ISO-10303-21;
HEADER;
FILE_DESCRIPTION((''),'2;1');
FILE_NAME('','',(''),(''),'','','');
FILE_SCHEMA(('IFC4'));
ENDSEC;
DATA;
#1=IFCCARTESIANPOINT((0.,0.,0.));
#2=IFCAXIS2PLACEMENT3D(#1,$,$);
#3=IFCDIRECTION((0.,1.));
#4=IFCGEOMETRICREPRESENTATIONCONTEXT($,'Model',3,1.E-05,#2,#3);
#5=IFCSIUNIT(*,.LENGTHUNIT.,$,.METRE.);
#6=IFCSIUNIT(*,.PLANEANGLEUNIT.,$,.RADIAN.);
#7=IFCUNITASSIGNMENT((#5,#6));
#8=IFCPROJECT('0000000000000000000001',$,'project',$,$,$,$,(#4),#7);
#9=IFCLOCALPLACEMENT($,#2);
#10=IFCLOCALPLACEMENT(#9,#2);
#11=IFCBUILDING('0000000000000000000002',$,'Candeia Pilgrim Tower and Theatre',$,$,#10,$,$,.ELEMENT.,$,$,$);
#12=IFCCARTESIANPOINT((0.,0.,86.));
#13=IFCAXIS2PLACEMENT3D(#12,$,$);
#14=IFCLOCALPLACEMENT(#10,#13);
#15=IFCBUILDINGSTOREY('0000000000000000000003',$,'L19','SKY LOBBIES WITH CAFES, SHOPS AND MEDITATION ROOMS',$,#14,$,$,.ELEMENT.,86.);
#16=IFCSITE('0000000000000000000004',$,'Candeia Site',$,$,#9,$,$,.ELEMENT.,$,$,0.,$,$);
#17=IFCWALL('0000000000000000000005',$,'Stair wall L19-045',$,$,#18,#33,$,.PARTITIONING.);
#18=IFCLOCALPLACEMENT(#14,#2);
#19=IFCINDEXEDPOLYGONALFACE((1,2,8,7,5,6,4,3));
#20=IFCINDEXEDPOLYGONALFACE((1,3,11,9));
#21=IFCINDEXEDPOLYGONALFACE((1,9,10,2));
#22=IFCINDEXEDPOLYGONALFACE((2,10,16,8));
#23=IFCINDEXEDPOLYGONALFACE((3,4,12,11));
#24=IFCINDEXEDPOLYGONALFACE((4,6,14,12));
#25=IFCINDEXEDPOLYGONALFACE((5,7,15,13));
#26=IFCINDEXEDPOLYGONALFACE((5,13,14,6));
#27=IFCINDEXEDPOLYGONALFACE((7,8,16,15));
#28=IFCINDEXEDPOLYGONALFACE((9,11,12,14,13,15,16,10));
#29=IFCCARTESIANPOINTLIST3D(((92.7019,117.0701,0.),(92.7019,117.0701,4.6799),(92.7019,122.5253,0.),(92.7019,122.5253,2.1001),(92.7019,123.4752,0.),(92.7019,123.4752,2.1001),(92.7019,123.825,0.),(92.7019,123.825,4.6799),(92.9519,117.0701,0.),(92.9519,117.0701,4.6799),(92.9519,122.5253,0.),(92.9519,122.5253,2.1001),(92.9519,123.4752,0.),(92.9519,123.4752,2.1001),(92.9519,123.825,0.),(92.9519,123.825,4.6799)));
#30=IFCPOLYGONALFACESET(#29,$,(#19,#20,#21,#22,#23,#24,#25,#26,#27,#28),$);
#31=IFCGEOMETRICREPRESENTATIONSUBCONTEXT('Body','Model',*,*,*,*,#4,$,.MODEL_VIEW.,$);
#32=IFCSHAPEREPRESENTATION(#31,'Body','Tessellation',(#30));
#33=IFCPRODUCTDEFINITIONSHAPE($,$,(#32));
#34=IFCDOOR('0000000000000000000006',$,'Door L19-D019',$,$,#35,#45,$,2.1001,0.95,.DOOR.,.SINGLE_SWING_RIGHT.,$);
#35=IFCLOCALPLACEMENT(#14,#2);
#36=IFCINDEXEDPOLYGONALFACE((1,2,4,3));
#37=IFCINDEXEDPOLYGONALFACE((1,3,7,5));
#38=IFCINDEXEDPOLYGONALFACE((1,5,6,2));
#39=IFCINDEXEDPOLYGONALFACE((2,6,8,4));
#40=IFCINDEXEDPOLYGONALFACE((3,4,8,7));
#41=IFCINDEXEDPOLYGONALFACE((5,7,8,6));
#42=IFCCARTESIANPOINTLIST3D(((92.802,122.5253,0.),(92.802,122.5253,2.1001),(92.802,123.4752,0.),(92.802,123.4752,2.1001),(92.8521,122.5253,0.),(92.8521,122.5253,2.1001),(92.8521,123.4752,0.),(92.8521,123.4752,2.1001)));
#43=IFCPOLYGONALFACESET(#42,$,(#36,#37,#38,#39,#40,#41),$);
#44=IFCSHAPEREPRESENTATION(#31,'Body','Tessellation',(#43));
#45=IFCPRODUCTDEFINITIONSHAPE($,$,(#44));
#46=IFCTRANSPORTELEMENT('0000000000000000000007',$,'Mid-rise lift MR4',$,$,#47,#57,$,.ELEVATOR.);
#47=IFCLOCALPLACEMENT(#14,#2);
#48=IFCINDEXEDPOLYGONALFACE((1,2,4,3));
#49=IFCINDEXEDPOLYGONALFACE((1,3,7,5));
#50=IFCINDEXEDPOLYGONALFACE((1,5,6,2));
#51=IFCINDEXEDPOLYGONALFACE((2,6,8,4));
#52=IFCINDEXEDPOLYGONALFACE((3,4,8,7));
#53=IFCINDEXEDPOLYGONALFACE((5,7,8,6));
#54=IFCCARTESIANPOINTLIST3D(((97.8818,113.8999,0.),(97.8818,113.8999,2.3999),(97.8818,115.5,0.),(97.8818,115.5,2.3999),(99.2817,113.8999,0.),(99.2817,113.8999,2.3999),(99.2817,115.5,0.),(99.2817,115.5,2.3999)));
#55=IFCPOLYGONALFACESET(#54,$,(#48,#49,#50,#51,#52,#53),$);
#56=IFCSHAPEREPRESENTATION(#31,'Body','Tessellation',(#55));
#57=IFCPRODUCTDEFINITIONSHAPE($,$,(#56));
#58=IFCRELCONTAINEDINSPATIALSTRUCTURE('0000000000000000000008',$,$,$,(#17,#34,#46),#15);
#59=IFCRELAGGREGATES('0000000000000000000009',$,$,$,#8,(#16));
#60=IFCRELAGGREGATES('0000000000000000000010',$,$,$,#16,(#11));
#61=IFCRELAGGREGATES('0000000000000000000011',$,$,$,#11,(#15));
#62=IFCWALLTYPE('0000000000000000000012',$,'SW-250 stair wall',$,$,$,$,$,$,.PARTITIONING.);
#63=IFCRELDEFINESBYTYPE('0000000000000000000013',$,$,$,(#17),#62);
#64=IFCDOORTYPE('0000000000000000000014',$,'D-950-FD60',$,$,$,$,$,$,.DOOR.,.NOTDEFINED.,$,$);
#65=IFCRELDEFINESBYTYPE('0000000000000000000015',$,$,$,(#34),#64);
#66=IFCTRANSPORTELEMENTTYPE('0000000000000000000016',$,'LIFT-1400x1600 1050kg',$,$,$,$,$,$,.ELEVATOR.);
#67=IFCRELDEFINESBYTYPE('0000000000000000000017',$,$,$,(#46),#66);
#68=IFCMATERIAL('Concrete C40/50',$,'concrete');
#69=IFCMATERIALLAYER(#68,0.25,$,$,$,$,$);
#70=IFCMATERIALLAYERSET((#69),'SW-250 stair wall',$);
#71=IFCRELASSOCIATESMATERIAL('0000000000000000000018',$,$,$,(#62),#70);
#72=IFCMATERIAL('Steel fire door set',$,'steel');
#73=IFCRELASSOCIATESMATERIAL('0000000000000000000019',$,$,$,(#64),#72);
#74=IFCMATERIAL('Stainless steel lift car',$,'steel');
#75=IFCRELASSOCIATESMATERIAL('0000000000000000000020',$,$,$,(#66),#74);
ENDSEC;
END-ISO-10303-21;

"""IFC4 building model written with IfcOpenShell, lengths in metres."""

from ifc_helpers import new_model, si_unit, direction, frame, frame_2d, origin, origin_2d, place, context, subcontext, project, spatial, rectangle, extrude, material, layer, layer_set, type_object, element, fill, save


model = new_model("IFC4")

# Units and contexts
model_context = context("Model", 3, precision=1e-05, world=origin(), true_north=direction((0.0, 1.0)))
body_context = subcontext(model_context, "Body", "Model", "MODEL_VIEW")
ifc_project = project(units=[si_unit("LENGTHUNIT", "METRE"), si_unit("PLANEANGLEUNIT", "RADIAN")], contexts=[model_context])

# Site, building, storey
site_placement = place(None, origin())
site = spatial("IfcSite", under=ifc_project, at=site_placement, Name="Candeia Site", CompositionType="ELEMENT", RefElevation=0.0)
building_placement = place(site_placement, origin())
building = spatial("IfcBuilding", under=site, at=building_placement, Name="Candeia Pilgrim Tower and Theatre", CompositionType="ELEMENT")
storey_placement = place(building_placement, frame((0.0, 0.0, 86.0)))
storey = spatial("IfcBuildingStorey", under=building, at=storey_placement, Name="L19", Description="SKY LOBBIES WITH CAFES, SHOPS AND MEDITATION ROOMS", CompositionType="ELEMENT", Elevation=86.0)

# Shared definitions
ifc_material_1 = material(Name="Steel fire door set", Category="steel")

# Shared definitions
ifc_material_2 = material(Name="Concrete C40/50", Category="concrete")

# Shared definitions
ifc_layer_1 = layer(ifc_material_2, 0.25)
ifc_layer_set_1 = layer_set([ifc_layer_1], Name="SW-250 stair wall")
wall_type_1 = type_object("IfcWallType", Name="SW-250 stair wall", PredefinedType="PARTITIONING", material=ifc_layer_set_1)

# Wall, opening, door
wall_1_placement = place(storey_placement, frame((92.8269, 117.0701, 0.0), z_axis=(0.0, 0.0, 1.0), x_axis=(0.0, 1.0, 0.0)))
wall_1 = element("IfcWall", 1, at=wall_1_placement, inside=storey, type_object=wall_type_1, Name="Stair wall L19-045", PredefinedType="PARTITIONING", context=body_context, shape_type="SweptSolid", body=[
    extrude(rectangle(XDim=6.7549, YDim=0.25, at=frame_2d((3.3774, 0.0))), origin(), (0.0, 0.0, 1.0), 4.6799),
])
opening_1_placement = place(wall_1_placement, frame((5.4551, 0.0, 0.0)))
opening_1 = element("IfcOpeningElement", 2, at=opening_1_placement, cuts=wall_1, PredefinedType="OPENING", context=body_context, shape_type="SweptSolid", body=[
    extrude(rectangle(XDim=0.95, YDim=2.1001, at=frame_2d((0.4751, 1.05))), frame((0.0, 0.135, 0.0), z_axis=(0.0, -1.0, 0.0), x_axis=(1.0, 0.0, 0.0)), (0.0, 0.0, 1.0), 0.27),
])
door_type_1 = type_object("IfcDoorType", Name="D-950-FD60", OperationType="NOTDEFINED", PredefinedType="DOOR", material=ifc_material_1)
door_1_placement = place(opening_1_placement, origin())
door_1 = element("IfcDoor", 3, at=door_1_placement, inside=storey, type_object=door_type_1, Name="Door L19-D019", OperationType="SINGLE_SWING_RIGHT", OverallHeight=2.1001, OverallWidth=0.95, PredefinedType="DOOR", context=body_context, shape_type="SweptSolid", body=[
    extrude(rectangle(XDim=0.95, YDim=2.1001, at=frame_2d((0.4751, 1.05))), frame((0.0, 0.0249, 0.0), z_axis=(0.0, -1.0, 0.0), x_axis=(1.0, 0.0, 0.0)), (0.0, 0.0, 1.0), 0.05),
])
fill(opening_1, door_1)

# Transport element
ifc_material_3 = material(Name="Stainless steel lift car", Category="steel")
transport_element_type = type_object("IfcTransportElementType", Name="LIFT-1400x1600 1050kg", PredefinedType="ELEVATOR", material=ifc_material_3)
transport_element_placement = place(storey_placement, frame((98.5818, 114.7, 0.0), z_axis=(0.0, 0.0, 1.0), x_axis=(1.0, 0.0, 0.0)))
element("IfcTransportElement", 4, at=transport_element_placement, inside=storey, type_object=transport_element_type, Name="Mid-rise lift MR4", PredefinedType="ELEVATOR", context=body_context, shape_type="SweptSolid", body=[
    extrude(rectangle(XDim=1.3999, YDim=1.6001, at=origin_2d()), origin(), (0.0, 0.0, 1.0), 2.3999),
])

save(model, "model.ifc")
